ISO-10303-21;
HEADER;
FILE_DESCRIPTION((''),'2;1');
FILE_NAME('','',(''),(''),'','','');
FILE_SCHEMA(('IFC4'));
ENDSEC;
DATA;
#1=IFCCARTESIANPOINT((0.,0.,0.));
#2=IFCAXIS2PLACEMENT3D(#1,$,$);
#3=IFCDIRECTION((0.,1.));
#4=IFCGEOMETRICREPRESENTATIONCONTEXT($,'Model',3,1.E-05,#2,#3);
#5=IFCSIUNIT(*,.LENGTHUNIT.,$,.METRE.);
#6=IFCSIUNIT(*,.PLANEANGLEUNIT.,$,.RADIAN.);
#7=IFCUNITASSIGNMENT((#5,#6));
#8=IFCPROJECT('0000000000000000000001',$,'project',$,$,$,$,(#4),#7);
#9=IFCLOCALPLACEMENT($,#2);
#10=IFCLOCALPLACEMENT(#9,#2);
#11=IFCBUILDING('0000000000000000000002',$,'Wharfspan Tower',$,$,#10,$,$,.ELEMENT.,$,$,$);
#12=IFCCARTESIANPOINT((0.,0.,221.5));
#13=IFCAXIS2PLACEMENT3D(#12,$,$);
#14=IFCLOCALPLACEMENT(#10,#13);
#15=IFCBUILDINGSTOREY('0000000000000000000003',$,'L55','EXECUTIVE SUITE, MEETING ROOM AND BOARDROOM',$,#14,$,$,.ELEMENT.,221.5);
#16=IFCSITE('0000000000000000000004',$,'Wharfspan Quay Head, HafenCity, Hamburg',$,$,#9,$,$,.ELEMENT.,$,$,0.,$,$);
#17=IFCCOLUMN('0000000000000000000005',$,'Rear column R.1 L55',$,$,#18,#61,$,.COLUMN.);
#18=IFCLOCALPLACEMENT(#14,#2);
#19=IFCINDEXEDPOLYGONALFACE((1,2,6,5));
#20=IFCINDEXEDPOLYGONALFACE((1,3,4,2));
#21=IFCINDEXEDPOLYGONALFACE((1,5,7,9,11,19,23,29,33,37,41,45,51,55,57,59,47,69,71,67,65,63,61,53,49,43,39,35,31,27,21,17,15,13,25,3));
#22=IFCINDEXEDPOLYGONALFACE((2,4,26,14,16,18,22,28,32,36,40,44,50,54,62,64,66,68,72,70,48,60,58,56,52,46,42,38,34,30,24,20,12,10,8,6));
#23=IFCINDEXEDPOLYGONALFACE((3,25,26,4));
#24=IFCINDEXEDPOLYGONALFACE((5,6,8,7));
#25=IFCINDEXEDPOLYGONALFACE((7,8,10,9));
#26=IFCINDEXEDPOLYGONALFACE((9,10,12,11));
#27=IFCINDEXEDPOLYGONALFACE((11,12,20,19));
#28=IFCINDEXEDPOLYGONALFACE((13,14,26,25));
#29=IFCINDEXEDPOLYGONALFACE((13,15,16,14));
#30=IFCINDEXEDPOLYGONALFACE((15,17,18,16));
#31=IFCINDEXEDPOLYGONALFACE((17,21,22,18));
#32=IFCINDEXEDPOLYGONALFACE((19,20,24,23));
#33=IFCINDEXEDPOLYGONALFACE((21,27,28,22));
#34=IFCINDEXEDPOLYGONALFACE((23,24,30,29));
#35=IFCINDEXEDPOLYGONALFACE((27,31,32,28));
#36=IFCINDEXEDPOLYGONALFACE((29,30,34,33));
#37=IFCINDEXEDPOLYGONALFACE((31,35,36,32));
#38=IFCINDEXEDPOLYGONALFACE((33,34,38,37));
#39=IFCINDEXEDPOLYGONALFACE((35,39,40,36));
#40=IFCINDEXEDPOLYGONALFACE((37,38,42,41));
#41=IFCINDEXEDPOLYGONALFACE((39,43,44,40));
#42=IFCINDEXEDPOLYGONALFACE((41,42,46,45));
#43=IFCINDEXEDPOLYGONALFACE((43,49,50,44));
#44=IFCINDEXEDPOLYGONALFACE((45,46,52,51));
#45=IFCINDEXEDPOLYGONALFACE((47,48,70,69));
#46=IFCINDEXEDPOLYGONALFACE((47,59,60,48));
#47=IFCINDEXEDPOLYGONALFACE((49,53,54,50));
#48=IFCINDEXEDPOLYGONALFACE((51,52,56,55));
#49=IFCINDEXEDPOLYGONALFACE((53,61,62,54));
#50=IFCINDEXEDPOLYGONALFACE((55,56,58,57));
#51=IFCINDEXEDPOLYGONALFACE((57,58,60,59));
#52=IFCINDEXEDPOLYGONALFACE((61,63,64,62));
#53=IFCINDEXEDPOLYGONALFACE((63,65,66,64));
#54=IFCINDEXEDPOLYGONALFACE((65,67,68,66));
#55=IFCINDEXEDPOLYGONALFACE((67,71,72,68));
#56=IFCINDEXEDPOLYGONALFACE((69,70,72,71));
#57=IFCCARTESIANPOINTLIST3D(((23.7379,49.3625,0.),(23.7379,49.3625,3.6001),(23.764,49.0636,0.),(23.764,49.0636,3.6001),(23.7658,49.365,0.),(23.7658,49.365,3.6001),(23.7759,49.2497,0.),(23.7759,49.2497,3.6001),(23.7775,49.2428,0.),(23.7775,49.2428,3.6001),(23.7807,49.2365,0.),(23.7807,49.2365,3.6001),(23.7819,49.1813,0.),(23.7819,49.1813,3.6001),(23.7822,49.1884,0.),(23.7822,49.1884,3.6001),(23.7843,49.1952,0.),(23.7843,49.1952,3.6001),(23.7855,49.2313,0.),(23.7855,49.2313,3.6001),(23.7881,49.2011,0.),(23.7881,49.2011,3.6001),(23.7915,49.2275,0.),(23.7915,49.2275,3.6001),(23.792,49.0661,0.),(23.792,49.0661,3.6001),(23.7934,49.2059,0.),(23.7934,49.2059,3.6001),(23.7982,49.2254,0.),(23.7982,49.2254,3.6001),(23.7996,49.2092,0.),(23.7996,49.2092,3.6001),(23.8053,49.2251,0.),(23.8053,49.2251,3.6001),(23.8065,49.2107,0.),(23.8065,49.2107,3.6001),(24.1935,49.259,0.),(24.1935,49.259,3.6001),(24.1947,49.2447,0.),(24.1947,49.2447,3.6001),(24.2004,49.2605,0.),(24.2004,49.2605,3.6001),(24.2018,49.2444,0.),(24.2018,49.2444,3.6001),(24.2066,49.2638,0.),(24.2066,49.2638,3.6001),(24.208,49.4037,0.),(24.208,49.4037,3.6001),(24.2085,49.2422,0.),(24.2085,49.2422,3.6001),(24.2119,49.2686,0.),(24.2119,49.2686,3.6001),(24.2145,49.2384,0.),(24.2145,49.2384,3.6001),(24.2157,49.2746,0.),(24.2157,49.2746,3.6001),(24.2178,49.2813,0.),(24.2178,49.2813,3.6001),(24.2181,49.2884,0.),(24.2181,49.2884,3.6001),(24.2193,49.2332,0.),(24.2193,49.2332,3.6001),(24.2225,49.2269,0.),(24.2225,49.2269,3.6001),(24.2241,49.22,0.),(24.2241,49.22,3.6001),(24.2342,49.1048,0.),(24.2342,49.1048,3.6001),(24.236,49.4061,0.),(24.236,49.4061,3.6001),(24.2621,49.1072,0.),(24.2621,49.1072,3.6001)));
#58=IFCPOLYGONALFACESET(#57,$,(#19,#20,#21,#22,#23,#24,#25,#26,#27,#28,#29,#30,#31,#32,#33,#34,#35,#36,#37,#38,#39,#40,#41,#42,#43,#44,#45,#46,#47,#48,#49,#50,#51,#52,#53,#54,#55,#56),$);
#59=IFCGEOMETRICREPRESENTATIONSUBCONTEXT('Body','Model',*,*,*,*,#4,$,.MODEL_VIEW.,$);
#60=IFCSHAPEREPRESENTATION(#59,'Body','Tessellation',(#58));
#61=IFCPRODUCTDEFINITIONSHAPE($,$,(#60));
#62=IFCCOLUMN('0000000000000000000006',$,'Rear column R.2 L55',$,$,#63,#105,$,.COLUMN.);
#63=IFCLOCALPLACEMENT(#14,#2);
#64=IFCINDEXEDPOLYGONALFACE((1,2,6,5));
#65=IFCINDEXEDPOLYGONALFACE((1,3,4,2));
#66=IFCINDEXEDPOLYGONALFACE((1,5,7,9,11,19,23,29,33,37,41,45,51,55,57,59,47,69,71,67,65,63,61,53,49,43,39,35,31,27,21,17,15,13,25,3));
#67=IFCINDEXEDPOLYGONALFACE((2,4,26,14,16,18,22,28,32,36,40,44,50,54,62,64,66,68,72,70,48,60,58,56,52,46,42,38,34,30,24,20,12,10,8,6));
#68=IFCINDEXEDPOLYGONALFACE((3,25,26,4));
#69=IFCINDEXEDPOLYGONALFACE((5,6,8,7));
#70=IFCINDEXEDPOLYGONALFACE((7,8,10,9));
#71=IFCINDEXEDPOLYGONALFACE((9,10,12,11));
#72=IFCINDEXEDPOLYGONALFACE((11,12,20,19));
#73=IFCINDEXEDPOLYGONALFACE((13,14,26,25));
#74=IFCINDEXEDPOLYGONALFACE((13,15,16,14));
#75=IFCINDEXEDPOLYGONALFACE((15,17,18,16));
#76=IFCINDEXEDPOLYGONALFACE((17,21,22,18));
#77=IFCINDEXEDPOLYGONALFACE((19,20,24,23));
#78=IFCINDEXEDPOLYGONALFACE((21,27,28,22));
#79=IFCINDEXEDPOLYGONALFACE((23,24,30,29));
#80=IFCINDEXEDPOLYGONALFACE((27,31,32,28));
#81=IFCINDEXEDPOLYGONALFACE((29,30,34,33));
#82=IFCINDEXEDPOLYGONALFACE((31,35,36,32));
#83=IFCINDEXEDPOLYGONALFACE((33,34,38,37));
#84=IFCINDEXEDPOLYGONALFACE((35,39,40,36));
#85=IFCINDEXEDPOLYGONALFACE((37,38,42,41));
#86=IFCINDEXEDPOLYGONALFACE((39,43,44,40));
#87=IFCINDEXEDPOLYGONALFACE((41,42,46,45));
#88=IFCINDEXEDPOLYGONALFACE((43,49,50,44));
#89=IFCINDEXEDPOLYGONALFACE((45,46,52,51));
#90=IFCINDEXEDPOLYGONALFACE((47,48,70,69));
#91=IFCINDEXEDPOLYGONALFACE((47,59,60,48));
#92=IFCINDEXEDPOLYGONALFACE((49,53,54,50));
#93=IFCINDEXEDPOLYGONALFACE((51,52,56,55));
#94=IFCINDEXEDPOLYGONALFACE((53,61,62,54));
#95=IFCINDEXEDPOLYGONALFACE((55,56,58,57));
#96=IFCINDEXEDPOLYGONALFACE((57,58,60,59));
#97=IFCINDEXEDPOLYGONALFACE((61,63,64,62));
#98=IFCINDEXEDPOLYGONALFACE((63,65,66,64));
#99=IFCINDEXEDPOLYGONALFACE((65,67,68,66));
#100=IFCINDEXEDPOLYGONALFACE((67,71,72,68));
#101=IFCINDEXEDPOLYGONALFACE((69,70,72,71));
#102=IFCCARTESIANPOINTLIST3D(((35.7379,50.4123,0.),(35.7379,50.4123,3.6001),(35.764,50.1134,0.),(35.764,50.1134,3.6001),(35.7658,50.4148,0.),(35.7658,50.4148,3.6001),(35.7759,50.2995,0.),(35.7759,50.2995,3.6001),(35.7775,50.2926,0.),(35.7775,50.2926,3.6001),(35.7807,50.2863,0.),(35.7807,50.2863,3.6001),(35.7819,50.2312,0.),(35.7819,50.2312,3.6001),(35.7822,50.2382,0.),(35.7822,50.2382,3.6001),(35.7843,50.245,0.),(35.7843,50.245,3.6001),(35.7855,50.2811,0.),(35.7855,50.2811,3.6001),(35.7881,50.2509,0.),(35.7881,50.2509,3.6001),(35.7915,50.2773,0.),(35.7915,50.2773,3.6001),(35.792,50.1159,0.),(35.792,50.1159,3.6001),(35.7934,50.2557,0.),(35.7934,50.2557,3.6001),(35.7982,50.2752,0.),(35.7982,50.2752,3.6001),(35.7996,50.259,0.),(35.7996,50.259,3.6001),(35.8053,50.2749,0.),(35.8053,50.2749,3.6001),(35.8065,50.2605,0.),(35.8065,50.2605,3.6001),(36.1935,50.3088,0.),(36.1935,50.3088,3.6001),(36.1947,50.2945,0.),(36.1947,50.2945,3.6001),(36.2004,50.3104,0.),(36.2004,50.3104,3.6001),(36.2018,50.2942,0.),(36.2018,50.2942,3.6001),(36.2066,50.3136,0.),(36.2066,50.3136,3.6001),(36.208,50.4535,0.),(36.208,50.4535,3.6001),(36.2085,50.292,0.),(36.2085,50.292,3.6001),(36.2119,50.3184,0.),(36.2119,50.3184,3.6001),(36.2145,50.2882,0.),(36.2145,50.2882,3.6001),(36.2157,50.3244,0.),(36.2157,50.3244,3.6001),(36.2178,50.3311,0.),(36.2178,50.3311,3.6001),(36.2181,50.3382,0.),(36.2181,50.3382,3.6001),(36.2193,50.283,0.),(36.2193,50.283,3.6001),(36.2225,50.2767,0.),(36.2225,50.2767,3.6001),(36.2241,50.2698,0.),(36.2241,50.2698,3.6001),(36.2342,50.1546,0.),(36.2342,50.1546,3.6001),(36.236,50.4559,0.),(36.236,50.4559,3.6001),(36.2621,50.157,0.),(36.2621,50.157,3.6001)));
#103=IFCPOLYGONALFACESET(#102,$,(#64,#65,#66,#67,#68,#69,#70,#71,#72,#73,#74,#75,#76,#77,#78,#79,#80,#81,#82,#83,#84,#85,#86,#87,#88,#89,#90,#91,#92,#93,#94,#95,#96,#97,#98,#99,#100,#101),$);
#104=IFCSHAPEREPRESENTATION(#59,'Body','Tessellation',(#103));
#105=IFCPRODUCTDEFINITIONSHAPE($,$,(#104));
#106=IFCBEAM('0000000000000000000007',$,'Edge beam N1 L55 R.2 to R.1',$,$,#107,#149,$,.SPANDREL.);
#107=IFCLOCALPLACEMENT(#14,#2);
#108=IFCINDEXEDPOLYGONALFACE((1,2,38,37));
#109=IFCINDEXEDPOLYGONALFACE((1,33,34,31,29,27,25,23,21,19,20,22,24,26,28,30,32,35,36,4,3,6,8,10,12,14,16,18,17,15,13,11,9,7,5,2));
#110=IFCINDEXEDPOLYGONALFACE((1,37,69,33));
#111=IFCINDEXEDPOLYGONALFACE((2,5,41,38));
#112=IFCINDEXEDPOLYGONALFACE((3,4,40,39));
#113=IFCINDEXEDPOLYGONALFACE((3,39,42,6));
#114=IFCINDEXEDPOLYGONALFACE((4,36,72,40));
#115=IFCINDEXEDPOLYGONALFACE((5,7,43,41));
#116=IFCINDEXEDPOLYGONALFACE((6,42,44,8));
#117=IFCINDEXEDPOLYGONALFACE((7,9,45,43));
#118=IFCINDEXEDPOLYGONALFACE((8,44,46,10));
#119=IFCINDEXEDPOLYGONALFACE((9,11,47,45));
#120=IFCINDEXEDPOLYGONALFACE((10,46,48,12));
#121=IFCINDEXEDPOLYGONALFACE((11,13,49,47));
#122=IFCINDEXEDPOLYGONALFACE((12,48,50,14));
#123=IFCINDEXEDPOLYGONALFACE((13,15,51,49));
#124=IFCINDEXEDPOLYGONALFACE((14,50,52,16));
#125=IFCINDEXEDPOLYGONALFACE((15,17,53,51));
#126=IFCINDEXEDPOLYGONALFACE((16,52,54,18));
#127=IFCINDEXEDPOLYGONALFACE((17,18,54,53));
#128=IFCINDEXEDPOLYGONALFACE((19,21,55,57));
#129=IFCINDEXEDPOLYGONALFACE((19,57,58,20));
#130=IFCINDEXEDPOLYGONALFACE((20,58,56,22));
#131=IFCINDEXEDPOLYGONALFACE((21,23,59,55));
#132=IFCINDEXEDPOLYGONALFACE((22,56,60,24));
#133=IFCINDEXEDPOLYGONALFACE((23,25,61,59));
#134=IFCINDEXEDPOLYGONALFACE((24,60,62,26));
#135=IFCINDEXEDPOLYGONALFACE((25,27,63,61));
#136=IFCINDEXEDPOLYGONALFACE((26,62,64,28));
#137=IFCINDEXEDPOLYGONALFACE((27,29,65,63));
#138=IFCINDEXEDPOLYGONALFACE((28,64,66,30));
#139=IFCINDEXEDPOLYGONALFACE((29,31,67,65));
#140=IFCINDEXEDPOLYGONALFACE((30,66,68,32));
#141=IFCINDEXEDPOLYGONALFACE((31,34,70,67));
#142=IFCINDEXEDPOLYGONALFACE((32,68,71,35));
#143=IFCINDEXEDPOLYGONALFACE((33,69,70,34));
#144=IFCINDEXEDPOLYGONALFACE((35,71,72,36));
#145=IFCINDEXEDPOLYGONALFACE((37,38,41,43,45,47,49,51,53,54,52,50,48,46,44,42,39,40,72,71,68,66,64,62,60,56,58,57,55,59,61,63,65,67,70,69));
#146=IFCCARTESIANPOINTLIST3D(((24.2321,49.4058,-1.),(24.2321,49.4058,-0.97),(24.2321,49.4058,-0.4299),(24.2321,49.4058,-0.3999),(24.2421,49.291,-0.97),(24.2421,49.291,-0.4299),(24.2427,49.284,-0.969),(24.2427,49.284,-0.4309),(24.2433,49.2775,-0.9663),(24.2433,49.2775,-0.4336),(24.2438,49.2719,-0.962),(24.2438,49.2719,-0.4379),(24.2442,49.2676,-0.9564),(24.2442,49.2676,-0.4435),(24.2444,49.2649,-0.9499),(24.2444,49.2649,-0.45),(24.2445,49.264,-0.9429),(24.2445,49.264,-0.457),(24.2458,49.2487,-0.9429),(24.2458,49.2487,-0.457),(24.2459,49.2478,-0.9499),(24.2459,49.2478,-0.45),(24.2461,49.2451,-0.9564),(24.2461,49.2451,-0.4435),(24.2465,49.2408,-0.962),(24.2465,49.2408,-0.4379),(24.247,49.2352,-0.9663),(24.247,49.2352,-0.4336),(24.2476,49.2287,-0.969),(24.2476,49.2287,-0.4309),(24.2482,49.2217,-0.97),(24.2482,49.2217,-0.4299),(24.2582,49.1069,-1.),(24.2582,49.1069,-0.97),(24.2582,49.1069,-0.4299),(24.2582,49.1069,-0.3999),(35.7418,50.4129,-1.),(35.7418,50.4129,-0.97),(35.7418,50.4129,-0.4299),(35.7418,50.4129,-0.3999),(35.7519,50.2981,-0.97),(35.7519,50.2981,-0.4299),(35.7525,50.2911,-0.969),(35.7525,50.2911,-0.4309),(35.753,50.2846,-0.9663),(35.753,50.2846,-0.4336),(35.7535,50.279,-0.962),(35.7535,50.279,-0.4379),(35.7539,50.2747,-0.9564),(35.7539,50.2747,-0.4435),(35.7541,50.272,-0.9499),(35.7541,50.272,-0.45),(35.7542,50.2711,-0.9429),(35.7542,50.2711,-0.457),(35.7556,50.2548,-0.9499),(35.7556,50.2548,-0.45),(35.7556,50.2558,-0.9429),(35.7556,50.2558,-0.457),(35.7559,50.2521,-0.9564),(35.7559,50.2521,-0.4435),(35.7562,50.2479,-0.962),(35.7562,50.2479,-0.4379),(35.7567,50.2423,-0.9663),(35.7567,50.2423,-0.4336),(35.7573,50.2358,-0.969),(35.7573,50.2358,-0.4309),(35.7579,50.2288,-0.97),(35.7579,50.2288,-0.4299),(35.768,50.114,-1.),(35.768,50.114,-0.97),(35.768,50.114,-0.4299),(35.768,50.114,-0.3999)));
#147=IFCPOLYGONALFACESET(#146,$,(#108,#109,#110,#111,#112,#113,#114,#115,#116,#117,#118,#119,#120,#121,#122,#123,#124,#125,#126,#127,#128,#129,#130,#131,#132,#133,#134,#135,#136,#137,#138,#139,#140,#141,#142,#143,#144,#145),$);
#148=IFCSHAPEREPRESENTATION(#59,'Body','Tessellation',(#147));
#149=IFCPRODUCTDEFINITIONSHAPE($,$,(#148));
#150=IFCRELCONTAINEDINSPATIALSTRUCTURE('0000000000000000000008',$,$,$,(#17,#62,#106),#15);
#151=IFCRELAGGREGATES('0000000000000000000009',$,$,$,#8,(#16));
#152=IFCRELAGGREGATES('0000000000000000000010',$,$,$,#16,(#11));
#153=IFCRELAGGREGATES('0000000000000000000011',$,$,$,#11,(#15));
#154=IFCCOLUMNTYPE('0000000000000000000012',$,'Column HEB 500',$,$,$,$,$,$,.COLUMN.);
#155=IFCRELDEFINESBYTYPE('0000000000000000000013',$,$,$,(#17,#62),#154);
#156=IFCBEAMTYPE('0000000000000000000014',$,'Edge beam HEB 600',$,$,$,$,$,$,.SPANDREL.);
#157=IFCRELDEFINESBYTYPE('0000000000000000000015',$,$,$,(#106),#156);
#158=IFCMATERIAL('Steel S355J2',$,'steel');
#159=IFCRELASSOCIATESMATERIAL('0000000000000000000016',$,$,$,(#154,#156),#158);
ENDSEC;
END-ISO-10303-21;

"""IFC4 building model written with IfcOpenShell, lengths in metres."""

from ifc_helpers import new_model, si_unit, direction, frame, origin, origin_2d, place, context, subcontext, project, spatial, i_section, extrude, material, material_profile, profile_set, type_object, element, save


model = new_model("IFC4")

# Units and contexts
model_context = context("Model", 3, precision=1e-05, world=origin(), true_north=direction((0.0, 1.0)))
body_context = subcontext(model_context, "Body", "Model", "MODEL_VIEW")
ifc_project = project(units=[si_unit("LENGTHUNIT", "METRE"), si_unit("PLANEANGLEUNIT", "RADIAN")], contexts=[model_context])

# Site, building, storey
site_placement = place(None, origin())
site = spatial("IfcSite", under=ifc_project, at=site_placement, Name="Wharfspan Quay Head, HafenCity, Hamburg", CompositionType="ELEMENT", RefElevation=0.0)
building_placement = place(site_placement, origin())
building = spatial("IfcBuilding", under=site, at=building_placement, Name="Wharfspan Tower", CompositionType="ELEMENT")
storey_placement = place(building_placement, frame((0.0, 0.0, 221.5)))
storey = spatial("IfcBuildingStorey", under=building, at=storey_placement, Name="L55", Description="EXECUTIVE SUITE, MEETING ROOM AND BOARDROOM", CompositionType="ELEMENT", Elevation=221.5)

# Columns
ifc_material_1 = material(Name="Steel S355J2", Category="steel")
ifc_material_profile_1 = material_profile(ifc_material_1, i_section(OverallWidth=0.3, OverallDepth=0.5, WebThickness=0.0144, FlangeThickness=0.0281, FilletRadius=0.0271, at=origin_2d()))
ifc_profile_set_1 = profile_set([ifc_material_profile_1], Name="Steel S355J2")
column_type = type_object("IfcColumnType", Name="Column HEB 500", PredefinedType="COLUMN", material=ifc_profile_set_1)
for number, where, z_axis, x_axis, name in (
    (1, (24.0, 49.2349, 0.0), (0.0, 0.0, 1.0), (-0.087156, 0.996197, 0.0), "Rear column R.1 L55"),
    (2, (36.0, 50.2847, 0.0), (0.0, 0.0, 1.0), (-0.087156, 0.996197, 0.0), "Rear column R.2 L55"),
):
    element("IfcColumn", number, at=place(storey_placement, frame(where, z_axis=z_axis, x_axis=x_axis)), inside=storey, type_object=column_type, Name=name, PredefinedType="COLUMN", context=body_context, shape_type="SweptSolid", body=[
        extrude(i_section(OverallWidth=0.3, OverallDepth=0.5, WebThickness=0.0144, FlangeThickness=0.0281, FilletRadius=0.0271, at=origin_2d()), origin(), (0.0, 0.0, 1.0), 3.6001),
    ])

# Beam
ifc_material_profile_2 = material_profile(ifc_material_1, i_section(OverallWidth=0.3, OverallDepth=0.6001, WebThickness=0.0154, FlangeThickness=0.03, FilletRadius=0.0271, at=origin_2d()))
ifc_profile_set_2 = profile_set([ifc_material_profile_2], Name="Steel S355J2")
beam_type = type_object("IfcBeamType", Name="Edge beam HEB 600", PredefinedType="SPANDREL", material=ifc_profile_set_2)
beam_placement = place(storey_placement, frame((35.7549, 50.2634, -0.7), z_axis=(-0.996194, -0.087165, 0.0), x_axis=(0.087165, -0.996194, 0.0)))
element("IfcBeam", 3, at=beam_placement, inside=storey, type_object=beam_type, Name="Edge beam N1 L55 R.2 to R.1", PredefinedType="SPANDREL", context=body_context, shape_type="SweptSolid", body=[
    extrude(i_section(OverallWidth=0.3, OverallDepth=0.6001, WebThickness=0.0154, FlangeThickness=0.03, FilletRadius=0.0271, at=origin_2d()), origin(), (0.0, 0.0, 1.0), 11.5537),
])

save(model, "model.ifc")
